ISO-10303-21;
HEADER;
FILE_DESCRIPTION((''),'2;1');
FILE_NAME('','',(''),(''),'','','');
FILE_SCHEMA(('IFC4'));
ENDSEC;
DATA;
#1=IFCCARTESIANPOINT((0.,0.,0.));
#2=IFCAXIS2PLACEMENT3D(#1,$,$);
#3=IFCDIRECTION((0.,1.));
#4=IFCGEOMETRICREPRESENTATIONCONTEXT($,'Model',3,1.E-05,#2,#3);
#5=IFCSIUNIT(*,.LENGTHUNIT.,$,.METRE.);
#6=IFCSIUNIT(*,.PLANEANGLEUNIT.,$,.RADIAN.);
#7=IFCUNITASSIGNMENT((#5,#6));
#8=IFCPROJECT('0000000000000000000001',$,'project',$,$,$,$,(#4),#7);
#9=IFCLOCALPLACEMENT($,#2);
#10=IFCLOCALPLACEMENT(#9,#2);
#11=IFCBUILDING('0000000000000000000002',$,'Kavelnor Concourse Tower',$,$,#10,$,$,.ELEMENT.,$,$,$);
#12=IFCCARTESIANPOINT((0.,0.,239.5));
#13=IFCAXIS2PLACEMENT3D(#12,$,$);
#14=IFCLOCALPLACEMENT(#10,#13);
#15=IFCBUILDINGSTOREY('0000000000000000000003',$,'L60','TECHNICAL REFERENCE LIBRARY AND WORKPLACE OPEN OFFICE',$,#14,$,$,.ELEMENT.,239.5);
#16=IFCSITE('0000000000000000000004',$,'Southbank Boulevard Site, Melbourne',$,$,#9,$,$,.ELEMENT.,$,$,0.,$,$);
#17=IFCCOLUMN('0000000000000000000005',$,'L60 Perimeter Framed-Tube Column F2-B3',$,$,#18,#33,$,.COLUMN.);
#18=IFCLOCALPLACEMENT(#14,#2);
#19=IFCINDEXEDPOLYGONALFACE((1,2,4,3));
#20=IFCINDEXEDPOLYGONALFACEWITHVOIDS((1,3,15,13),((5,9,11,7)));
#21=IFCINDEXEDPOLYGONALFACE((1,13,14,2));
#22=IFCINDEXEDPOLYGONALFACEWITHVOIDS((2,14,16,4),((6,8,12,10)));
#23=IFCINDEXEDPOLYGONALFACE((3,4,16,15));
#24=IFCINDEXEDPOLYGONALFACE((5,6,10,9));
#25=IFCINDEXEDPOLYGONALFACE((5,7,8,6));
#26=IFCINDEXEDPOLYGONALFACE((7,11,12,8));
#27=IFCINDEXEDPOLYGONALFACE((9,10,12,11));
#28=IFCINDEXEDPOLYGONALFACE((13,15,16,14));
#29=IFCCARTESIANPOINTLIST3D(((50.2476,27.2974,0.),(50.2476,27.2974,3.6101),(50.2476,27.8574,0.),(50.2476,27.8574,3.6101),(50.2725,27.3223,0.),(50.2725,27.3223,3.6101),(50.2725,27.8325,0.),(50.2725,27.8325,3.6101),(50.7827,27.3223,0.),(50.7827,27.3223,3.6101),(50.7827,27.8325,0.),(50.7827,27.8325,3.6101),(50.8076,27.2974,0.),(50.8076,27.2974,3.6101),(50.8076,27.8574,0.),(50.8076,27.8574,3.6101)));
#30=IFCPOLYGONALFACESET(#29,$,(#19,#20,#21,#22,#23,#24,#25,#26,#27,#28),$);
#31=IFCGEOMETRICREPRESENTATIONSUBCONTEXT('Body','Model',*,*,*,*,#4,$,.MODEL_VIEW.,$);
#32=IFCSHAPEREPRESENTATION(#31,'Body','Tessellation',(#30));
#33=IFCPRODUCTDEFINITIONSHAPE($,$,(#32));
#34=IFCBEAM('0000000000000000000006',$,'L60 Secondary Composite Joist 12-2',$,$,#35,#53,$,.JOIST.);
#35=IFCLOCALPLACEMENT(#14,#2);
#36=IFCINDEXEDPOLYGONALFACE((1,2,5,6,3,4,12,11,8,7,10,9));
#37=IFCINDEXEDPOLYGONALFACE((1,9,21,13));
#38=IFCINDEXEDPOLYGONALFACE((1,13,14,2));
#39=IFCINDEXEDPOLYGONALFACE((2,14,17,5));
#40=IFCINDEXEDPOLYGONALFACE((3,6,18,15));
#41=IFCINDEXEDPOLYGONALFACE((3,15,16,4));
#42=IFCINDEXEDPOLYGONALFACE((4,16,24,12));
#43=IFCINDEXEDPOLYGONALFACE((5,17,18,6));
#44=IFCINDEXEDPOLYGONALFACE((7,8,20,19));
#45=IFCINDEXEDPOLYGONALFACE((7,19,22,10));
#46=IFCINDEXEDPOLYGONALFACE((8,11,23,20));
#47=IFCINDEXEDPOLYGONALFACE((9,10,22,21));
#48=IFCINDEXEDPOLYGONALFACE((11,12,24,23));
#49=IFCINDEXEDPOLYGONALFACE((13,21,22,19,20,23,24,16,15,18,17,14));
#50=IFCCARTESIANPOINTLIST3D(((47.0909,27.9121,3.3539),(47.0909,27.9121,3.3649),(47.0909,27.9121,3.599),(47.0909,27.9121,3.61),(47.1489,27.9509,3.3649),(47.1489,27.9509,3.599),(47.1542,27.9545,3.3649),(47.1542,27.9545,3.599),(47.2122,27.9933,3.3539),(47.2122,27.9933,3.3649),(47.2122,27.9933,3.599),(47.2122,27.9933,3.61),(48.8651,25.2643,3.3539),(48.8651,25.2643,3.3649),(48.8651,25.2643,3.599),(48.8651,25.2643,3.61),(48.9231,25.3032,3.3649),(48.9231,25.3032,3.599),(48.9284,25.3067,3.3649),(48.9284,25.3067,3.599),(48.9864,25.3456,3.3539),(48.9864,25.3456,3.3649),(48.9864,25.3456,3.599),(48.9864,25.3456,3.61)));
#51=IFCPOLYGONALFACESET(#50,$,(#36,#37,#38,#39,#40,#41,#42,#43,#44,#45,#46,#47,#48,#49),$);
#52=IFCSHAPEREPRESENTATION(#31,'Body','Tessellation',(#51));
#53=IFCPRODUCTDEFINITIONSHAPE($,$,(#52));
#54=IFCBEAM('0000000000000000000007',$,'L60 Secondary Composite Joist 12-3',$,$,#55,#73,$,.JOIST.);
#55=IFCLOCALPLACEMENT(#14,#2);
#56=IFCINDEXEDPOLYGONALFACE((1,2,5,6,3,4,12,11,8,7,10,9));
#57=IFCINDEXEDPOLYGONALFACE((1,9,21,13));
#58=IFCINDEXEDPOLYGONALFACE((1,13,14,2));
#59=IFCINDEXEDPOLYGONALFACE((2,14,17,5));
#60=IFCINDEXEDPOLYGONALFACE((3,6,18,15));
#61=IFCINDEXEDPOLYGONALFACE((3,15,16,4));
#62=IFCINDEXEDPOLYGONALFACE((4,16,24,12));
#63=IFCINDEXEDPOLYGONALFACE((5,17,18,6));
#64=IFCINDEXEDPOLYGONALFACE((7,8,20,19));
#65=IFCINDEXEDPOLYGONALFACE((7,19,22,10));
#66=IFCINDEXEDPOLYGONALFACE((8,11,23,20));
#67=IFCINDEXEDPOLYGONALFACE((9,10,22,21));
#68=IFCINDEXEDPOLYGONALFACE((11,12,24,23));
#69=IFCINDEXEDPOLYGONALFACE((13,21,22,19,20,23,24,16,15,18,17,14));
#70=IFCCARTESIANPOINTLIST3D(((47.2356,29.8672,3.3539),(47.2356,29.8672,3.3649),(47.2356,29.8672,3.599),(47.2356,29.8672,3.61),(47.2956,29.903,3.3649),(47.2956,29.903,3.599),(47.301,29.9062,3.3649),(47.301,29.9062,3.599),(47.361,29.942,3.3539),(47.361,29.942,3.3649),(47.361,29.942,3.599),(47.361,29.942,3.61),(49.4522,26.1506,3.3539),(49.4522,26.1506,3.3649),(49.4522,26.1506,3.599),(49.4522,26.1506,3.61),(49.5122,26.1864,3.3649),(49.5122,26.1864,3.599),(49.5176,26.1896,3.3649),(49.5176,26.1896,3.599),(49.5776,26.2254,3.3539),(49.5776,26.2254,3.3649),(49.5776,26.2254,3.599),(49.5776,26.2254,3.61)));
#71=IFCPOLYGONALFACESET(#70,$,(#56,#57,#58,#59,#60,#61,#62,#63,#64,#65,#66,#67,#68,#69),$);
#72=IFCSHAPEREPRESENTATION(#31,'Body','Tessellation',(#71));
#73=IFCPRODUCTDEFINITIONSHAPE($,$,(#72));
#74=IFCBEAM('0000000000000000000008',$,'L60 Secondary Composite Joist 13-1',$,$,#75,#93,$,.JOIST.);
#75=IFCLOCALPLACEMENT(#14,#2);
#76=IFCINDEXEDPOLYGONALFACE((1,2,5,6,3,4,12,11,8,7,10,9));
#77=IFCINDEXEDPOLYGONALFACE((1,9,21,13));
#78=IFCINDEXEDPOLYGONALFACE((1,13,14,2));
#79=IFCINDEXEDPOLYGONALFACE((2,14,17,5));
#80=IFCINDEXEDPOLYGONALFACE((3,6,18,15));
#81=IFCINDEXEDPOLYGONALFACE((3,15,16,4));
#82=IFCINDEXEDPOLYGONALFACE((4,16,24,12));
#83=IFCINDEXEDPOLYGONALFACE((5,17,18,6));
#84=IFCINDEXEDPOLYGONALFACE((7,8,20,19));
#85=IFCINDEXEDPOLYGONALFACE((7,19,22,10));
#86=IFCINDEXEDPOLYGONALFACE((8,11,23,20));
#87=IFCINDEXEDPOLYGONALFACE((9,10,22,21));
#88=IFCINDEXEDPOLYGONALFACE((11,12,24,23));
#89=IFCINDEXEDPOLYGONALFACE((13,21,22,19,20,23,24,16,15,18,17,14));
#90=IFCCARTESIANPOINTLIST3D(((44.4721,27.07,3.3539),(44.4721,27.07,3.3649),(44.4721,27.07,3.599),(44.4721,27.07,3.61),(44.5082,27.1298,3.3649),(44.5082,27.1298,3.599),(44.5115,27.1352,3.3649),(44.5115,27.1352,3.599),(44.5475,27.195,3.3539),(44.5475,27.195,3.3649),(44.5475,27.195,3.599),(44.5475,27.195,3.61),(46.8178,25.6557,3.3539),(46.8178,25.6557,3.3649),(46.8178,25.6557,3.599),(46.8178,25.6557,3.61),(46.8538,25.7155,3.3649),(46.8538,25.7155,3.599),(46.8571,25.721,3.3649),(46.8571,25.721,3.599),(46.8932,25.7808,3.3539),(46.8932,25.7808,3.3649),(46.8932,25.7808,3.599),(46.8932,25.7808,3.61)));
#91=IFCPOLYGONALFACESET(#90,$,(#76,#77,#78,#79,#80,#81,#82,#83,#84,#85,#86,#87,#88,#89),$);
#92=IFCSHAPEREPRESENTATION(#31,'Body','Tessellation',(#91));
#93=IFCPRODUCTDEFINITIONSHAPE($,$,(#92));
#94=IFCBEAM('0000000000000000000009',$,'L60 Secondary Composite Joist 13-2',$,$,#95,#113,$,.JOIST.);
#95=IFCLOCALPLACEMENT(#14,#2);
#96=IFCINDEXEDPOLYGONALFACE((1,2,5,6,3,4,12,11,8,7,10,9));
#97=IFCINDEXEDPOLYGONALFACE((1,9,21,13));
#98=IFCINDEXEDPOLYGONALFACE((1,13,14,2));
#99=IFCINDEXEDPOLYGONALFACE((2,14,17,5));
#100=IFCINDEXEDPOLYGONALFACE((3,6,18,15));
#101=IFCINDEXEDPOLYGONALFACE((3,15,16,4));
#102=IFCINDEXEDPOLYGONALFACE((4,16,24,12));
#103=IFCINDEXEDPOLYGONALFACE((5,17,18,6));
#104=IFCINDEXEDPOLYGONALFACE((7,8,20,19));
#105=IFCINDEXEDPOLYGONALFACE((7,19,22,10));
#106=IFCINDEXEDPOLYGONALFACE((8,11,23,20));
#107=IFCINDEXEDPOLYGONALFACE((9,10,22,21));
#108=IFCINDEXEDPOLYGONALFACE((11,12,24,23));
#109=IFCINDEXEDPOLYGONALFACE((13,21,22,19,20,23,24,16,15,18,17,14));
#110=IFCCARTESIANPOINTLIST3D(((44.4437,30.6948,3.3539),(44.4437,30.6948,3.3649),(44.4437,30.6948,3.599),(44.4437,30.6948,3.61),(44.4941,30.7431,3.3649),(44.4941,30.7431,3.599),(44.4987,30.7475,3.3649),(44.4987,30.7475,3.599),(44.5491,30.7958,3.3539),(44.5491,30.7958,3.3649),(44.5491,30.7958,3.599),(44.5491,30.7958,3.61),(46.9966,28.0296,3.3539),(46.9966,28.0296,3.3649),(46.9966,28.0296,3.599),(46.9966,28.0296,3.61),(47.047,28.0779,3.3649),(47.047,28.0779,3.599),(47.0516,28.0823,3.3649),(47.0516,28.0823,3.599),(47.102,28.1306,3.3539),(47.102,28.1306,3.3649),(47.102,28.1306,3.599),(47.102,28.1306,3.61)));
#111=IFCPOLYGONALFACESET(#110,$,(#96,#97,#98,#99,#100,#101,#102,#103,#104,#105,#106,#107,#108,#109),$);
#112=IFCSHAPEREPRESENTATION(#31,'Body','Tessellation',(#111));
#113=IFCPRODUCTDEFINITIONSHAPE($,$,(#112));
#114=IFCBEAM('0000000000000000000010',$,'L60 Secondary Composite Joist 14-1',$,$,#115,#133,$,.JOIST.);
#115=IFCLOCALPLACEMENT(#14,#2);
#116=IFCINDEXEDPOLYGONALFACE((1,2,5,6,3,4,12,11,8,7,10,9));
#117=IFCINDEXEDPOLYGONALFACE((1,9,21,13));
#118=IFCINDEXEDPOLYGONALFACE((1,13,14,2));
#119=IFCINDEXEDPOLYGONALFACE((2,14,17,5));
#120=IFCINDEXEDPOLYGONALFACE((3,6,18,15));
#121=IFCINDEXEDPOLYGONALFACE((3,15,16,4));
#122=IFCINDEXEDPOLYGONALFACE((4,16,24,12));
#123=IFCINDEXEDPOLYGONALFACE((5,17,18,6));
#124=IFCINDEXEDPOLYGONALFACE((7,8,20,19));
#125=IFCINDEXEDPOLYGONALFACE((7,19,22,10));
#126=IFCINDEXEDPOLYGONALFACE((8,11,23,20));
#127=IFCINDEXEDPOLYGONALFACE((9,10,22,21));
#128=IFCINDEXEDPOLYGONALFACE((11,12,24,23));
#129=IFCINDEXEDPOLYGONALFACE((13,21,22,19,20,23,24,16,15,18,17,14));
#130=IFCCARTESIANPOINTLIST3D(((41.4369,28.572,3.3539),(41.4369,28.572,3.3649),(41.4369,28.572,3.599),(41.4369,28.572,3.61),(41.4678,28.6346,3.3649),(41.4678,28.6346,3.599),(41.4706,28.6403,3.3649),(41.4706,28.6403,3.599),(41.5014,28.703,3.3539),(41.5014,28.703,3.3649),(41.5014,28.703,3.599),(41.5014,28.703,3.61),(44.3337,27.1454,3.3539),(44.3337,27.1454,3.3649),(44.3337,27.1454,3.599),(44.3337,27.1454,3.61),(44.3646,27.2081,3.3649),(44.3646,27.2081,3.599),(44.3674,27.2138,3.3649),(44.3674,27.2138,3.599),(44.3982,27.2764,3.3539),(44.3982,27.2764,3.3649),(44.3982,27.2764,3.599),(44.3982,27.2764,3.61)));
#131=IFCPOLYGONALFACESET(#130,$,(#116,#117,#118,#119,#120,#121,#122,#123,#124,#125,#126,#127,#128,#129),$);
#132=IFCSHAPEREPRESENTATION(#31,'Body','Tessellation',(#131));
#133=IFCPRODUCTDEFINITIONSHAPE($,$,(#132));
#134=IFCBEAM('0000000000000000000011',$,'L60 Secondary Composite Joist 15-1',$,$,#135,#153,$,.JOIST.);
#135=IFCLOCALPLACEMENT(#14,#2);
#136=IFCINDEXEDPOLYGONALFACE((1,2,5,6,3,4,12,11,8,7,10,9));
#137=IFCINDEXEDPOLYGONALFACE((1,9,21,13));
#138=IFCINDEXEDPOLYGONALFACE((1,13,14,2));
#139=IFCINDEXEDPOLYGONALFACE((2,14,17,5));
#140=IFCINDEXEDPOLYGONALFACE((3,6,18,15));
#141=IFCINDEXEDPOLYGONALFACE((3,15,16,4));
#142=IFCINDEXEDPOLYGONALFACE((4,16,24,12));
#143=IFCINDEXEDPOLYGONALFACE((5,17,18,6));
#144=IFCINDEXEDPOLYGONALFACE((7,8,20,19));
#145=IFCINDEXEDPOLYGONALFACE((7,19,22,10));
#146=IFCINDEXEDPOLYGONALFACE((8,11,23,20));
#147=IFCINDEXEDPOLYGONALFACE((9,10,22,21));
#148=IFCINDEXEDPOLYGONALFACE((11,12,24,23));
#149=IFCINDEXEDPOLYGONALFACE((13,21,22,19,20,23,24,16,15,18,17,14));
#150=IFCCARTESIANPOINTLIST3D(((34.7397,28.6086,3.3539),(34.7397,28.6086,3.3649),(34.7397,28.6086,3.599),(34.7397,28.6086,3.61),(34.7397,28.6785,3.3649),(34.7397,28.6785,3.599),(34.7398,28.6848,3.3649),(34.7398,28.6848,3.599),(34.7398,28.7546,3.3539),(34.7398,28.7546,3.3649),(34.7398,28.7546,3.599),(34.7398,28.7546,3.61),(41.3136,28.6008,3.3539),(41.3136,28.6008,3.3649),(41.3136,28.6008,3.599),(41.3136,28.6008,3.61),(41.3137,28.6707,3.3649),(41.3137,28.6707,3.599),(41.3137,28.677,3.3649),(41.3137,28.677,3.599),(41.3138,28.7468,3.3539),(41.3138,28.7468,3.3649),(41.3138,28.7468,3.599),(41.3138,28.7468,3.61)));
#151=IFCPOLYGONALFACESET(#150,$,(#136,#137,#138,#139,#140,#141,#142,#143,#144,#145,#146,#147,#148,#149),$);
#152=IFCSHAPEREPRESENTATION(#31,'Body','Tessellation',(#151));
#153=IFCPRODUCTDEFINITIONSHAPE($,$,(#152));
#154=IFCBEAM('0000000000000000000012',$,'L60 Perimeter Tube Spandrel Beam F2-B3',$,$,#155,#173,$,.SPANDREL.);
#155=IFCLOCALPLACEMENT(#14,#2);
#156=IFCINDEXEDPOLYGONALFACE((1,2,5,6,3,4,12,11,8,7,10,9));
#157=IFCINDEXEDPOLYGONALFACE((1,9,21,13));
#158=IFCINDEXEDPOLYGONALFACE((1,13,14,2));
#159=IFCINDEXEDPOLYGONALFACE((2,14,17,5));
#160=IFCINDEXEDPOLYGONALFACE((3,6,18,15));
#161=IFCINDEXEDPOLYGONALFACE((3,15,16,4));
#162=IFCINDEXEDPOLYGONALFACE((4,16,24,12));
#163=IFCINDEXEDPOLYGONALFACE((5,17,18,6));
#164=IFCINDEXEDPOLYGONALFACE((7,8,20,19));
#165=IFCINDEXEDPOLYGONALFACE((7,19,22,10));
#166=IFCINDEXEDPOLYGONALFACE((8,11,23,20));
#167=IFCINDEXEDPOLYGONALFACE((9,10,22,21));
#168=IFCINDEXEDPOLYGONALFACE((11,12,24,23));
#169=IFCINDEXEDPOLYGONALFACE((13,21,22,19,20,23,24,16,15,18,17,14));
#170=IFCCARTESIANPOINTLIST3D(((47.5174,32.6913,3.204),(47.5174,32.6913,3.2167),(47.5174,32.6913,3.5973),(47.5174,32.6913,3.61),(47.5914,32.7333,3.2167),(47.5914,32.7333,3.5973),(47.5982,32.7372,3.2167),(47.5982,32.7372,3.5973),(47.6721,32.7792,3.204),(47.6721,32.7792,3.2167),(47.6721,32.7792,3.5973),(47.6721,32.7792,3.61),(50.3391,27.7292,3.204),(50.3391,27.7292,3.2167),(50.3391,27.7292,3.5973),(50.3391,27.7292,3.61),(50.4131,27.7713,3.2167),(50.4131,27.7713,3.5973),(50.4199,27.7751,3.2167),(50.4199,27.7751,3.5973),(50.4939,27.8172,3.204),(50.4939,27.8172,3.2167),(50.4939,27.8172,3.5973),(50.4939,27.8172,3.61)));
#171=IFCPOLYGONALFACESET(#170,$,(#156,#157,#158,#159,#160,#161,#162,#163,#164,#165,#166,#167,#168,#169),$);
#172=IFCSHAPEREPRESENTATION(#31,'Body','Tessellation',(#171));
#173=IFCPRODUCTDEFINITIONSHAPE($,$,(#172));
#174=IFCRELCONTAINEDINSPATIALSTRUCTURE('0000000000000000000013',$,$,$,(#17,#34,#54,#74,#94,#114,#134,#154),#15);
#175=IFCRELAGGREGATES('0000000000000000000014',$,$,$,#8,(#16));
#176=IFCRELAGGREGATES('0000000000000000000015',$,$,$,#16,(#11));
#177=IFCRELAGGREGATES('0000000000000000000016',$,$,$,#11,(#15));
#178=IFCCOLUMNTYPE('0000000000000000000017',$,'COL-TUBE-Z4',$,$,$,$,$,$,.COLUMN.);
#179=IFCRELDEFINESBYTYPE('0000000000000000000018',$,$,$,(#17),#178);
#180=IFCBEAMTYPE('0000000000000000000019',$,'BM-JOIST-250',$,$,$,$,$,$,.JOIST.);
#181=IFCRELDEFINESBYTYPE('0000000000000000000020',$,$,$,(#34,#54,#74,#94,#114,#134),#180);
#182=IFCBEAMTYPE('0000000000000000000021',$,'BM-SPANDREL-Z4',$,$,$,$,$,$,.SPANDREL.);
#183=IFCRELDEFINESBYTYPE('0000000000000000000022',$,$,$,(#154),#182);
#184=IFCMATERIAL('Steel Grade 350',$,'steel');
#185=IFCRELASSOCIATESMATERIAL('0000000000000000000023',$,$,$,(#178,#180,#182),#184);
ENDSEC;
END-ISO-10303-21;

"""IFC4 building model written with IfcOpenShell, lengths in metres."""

from ifc_helpers import new_model, si_unit, direction, frame, origin, origin_2d, place, context, subcontext, project, spatial, hollow_rectangle, i_section, extrude, material, material_profile, profile_set, type_object, element, save


model = new_model("IFC4")

# Units and contexts
model_context = context("Model", 3, precision=1e-05, world=origin(), true_north=direction((0.0, 1.0)))
body_context = subcontext(model_context, "Body", "Model", "MODEL_VIEW")
ifc_project = project(units=[si_unit("LENGTHUNIT", "METRE"), si_unit("PLANEANGLEUNIT", "RADIAN")], contexts=[model_context])

# Site, building, storey
site_placement = place(None, origin())
site = spatial("IfcSite", under=ifc_project, at=site_placement, Name="Southbank Boulevard Site, Melbourne", CompositionType="ELEMENT", RefElevation=0.0)
building_placement = place(site_placement, origin())
building = spatial("IfcBuilding", under=site, at=building_placement, Name="Kavelnor Concourse Tower", CompositionType="ELEMENT")
storey_placement = place(building_placement, frame((0.0, 0.0, 239.5)))
storey = spatial("IfcBuildingStorey", under=building, at=storey_placement, Name="L60", Description="TECHNICAL REFERENCE LIBRARY AND WORKPLACE OPEN OFFICE", CompositionType="ELEMENT", Elevation=239.5)

# Column
ifc_material_1 = material(Name="Steel Grade 350", Category="steel")
ifc_material_profile_1 = material_profile(ifc_material_1, hollow_rectangle(XDim=0.5601, YDim=0.5601, WallThickness=0.0249, at=origin_2d()), Name="SHS 560x560x25")
ifc_profile_set_1 = profile_set([ifc_material_profile_1], Name="Steel Grade 350")
column_type = type_object("IfcColumnType", Name="COL-TUBE-Z4", PredefinedType="COLUMN", material=ifc_profile_set_1)
column_placement = place(storey_placement, frame((50.5276, 27.5774, 0.0), z_axis=(0.0, 0.0, 1.0), x_axis=(1.0, 0.0, 0.0)))
element("IfcColumn", 1, at=column_placement, inside=storey, type_object=column_type, Name="L60 Perimeter Framed-Tube Column F2-B3", PredefinedType="COLUMN", context=body_context, shape_type="SweptSolid", body=[
    extrude(hollow_rectangle(XDim=0.5601, YDim=0.5601, WallThickness=0.0249, at=origin_2d()), origin(), (0.0, 0.0, 1.0), 3.6101),
])

# Beams
ifc_material_profile_2 = material_profile(ifc_material_1, i_section(OverallWidth=0.146, OverallDepth=0.2561, WebThickness=0.0063, FlangeThickness=0.011, at=origin_2d()), Name="250UB37")
ifc_profile_set_2 = profile_set([ifc_material_profile_2], Name="Steel Grade 350")
beam_type_1 = type_object("IfcBeamType", Name="BM-JOIST-250", PredefinedType="JOIST", material=ifc_profile_set_2)
beam_1_placement = place(storey_placement, frame((48.9258, 25.3049, 3.4819), z_axis=(-0.556661, 0.83074, 0.0), x_axis=(-0.83074, -0.556661, 0.0)))
element("IfcBeam", 2, at=beam_1_placement, inside=storey, type_object=beam_type_1, Name="L60 Secondary Composite Joist 12-2", PredefinedType="JOIST", context=body_context, shape_type="SweptSolid", body=[
    extrude(i_section(OverallWidth=0.146, OverallDepth=0.2561, WebThickness=0.0063, FlangeThickness=0.011, at=origin_2d()), origin(), (0.0, 0.0, 1.0), 3.1873),
])
beam_2_placement = place(storey_placement, frame((49.5149, 26.188, 3.4819), z_axis=(-0.512221, 0.858854, 0.0), x_axis=(-0.858854, -0.512221, 0.0)))
element("IfcBeam", 3, at=beam_2_placement, inside=storey, type_object=beam_type_1, Name="L60 Secondary Composite Joist 12-3", PredefinedType="JOIST", context=body_context, shape_type="SweptSolid", body=[
    extrude(i_section(OverallWidth=0.146, OverallDepth=0.2561, WebThickness=0.0063, FlangeThickness=0.011, at=origin_2d()), origin(), (0.0, 0.0, 1.0), 4.3274),
])
beam_3_placement = place(storey_placement, frame((46.8555, 25.7183, 3.4819), z_axis=(-0.856382, 0.516343, 0.0), x_axis=(-0.516343, -0.856382, 0.0)))
element("IfcBeam", 4, at=beam_3_placement, inside=storey, type_object=beam_type_1, Name="L60 Secondary Composite Joist 13-1", PredefinedType="JOIST", context=body_context, shape_type="SweptSolid", body=[
    extrude(i_section(OverallWidth=0.146, OverallDepth=0.2561, WebThickness=0.0063, FlangeThickness=0.011, at=origin_2d()), origin(), (0.0, 0.0, 1.0), 2.739),
])
beam_4_placement = place(storey_placement, frame((47.0493, 28.0801, 3.4819), z_axis=(-0.691729, 0.722158, 0.0), x_axis=(-0.722158, -0.691729, 0.0)))
element("IfcBeam", 5, at=beam_4_placement, inside=storey, type_object=beam_type_1, Name="L60 Secondary Composite Joist 13-2", PredefinedType="JOIST", context=body_context, shape_type="SweptSolid", body=[
    extrude(i_section(OverallWidth=0.146, OverallDepth=0.2561, WebThickness=0.0063, FlangeThickness=0.011, at=origin_2d()), origin(), (0.0, 0.0, 1.0), 3.6907),
])
beam_5_placement = place(storey_placement, frame((44.366, 27.2109, 3.4819), z_axis=(-0.897118, 0.441792, 0.0), x_axis=(-0.441792, -0.897118, 0.0)))
element("IfcBeam", 6, at=beam_5_placement, inside=storey, type_object=beam_type_1, Name="L60 Secondary Composite Joist 14-1", PredefinedType="JOIST", context=body_context, shape_type="SweptSolid", body=[
    extrude(i_section(OverallWidth=0.146, OverallDepth=0.2561, WebThickness=0.0063, FlangeThickness=0.011, at=origin_2d()), origin(), (0.0, 0.0, 1.0), 3.229),
])
beam_6_placement = place(storey_placement, frame((41.3137, 28.6738, 3.4819), z_axis=(-0.999999, 0.001188, 0.0), x_axis=(-0.001188, -0.999999, 0.0)))
element("IfcBeam", 7, at=beam_6_placement, inside=storey, type_object=beam_type_1, Name="L60 Secondary Composite Joist 15-1", PredefinedType="JOIST", context=body_context, shape_type="SweptSolid", body=[
    extrude(i_section(OverallWidth=0.146, OverallDepth=0.2561, WebThickness=0.0063, FlangeThickness=0.011, at=origin_2d()), origin(), (0.0, 0.0, 1.0), 6.574),
])
ifc_material_profile_3 = material_profile(ifc_material_1, i_section(OverallWidth=0.178, OverallDepth=0.406, WebThickness=0.0078, FlangeThickness=0.0127, at=origin_2d()), Name="410UB59")
ifc_profile_set_3 = profile_set([ifc_material_profile_3], Name="Steel Grade 350")
beam_type_2 = type_object("IfcBeamType", Name="BM-SPANDREL-Z4", PredefinedType="SPANDREL", material=ifc_profile_set_3)
beam_7_placement = place(storey_placement, frame((50.4165, 27.7732, 3.407), z_axis=(-0.494323, 0.869278, 0.0), x_axis=(-0.869278, -0.494323, 0.0)))
element("IfcBeam", 8, at=beam_7_placement, inside=storey, type_object=beam_type_2, Name="L60 Perimeter Tube Spandrel Beam F2-B3", PredefinedType="SPANDREL", context=body_context, shape_type="SweptSolid", body=[
    extrude(i_section(OverallWidth=0.178, OverallDepth=0.406, WebThickness=0.0078, FlangeThickness=0.0127, at=origin_2d()), origin(), (0.0, 0.0, 1.0), 5.7083),
])

save(model, "model.ifc")
